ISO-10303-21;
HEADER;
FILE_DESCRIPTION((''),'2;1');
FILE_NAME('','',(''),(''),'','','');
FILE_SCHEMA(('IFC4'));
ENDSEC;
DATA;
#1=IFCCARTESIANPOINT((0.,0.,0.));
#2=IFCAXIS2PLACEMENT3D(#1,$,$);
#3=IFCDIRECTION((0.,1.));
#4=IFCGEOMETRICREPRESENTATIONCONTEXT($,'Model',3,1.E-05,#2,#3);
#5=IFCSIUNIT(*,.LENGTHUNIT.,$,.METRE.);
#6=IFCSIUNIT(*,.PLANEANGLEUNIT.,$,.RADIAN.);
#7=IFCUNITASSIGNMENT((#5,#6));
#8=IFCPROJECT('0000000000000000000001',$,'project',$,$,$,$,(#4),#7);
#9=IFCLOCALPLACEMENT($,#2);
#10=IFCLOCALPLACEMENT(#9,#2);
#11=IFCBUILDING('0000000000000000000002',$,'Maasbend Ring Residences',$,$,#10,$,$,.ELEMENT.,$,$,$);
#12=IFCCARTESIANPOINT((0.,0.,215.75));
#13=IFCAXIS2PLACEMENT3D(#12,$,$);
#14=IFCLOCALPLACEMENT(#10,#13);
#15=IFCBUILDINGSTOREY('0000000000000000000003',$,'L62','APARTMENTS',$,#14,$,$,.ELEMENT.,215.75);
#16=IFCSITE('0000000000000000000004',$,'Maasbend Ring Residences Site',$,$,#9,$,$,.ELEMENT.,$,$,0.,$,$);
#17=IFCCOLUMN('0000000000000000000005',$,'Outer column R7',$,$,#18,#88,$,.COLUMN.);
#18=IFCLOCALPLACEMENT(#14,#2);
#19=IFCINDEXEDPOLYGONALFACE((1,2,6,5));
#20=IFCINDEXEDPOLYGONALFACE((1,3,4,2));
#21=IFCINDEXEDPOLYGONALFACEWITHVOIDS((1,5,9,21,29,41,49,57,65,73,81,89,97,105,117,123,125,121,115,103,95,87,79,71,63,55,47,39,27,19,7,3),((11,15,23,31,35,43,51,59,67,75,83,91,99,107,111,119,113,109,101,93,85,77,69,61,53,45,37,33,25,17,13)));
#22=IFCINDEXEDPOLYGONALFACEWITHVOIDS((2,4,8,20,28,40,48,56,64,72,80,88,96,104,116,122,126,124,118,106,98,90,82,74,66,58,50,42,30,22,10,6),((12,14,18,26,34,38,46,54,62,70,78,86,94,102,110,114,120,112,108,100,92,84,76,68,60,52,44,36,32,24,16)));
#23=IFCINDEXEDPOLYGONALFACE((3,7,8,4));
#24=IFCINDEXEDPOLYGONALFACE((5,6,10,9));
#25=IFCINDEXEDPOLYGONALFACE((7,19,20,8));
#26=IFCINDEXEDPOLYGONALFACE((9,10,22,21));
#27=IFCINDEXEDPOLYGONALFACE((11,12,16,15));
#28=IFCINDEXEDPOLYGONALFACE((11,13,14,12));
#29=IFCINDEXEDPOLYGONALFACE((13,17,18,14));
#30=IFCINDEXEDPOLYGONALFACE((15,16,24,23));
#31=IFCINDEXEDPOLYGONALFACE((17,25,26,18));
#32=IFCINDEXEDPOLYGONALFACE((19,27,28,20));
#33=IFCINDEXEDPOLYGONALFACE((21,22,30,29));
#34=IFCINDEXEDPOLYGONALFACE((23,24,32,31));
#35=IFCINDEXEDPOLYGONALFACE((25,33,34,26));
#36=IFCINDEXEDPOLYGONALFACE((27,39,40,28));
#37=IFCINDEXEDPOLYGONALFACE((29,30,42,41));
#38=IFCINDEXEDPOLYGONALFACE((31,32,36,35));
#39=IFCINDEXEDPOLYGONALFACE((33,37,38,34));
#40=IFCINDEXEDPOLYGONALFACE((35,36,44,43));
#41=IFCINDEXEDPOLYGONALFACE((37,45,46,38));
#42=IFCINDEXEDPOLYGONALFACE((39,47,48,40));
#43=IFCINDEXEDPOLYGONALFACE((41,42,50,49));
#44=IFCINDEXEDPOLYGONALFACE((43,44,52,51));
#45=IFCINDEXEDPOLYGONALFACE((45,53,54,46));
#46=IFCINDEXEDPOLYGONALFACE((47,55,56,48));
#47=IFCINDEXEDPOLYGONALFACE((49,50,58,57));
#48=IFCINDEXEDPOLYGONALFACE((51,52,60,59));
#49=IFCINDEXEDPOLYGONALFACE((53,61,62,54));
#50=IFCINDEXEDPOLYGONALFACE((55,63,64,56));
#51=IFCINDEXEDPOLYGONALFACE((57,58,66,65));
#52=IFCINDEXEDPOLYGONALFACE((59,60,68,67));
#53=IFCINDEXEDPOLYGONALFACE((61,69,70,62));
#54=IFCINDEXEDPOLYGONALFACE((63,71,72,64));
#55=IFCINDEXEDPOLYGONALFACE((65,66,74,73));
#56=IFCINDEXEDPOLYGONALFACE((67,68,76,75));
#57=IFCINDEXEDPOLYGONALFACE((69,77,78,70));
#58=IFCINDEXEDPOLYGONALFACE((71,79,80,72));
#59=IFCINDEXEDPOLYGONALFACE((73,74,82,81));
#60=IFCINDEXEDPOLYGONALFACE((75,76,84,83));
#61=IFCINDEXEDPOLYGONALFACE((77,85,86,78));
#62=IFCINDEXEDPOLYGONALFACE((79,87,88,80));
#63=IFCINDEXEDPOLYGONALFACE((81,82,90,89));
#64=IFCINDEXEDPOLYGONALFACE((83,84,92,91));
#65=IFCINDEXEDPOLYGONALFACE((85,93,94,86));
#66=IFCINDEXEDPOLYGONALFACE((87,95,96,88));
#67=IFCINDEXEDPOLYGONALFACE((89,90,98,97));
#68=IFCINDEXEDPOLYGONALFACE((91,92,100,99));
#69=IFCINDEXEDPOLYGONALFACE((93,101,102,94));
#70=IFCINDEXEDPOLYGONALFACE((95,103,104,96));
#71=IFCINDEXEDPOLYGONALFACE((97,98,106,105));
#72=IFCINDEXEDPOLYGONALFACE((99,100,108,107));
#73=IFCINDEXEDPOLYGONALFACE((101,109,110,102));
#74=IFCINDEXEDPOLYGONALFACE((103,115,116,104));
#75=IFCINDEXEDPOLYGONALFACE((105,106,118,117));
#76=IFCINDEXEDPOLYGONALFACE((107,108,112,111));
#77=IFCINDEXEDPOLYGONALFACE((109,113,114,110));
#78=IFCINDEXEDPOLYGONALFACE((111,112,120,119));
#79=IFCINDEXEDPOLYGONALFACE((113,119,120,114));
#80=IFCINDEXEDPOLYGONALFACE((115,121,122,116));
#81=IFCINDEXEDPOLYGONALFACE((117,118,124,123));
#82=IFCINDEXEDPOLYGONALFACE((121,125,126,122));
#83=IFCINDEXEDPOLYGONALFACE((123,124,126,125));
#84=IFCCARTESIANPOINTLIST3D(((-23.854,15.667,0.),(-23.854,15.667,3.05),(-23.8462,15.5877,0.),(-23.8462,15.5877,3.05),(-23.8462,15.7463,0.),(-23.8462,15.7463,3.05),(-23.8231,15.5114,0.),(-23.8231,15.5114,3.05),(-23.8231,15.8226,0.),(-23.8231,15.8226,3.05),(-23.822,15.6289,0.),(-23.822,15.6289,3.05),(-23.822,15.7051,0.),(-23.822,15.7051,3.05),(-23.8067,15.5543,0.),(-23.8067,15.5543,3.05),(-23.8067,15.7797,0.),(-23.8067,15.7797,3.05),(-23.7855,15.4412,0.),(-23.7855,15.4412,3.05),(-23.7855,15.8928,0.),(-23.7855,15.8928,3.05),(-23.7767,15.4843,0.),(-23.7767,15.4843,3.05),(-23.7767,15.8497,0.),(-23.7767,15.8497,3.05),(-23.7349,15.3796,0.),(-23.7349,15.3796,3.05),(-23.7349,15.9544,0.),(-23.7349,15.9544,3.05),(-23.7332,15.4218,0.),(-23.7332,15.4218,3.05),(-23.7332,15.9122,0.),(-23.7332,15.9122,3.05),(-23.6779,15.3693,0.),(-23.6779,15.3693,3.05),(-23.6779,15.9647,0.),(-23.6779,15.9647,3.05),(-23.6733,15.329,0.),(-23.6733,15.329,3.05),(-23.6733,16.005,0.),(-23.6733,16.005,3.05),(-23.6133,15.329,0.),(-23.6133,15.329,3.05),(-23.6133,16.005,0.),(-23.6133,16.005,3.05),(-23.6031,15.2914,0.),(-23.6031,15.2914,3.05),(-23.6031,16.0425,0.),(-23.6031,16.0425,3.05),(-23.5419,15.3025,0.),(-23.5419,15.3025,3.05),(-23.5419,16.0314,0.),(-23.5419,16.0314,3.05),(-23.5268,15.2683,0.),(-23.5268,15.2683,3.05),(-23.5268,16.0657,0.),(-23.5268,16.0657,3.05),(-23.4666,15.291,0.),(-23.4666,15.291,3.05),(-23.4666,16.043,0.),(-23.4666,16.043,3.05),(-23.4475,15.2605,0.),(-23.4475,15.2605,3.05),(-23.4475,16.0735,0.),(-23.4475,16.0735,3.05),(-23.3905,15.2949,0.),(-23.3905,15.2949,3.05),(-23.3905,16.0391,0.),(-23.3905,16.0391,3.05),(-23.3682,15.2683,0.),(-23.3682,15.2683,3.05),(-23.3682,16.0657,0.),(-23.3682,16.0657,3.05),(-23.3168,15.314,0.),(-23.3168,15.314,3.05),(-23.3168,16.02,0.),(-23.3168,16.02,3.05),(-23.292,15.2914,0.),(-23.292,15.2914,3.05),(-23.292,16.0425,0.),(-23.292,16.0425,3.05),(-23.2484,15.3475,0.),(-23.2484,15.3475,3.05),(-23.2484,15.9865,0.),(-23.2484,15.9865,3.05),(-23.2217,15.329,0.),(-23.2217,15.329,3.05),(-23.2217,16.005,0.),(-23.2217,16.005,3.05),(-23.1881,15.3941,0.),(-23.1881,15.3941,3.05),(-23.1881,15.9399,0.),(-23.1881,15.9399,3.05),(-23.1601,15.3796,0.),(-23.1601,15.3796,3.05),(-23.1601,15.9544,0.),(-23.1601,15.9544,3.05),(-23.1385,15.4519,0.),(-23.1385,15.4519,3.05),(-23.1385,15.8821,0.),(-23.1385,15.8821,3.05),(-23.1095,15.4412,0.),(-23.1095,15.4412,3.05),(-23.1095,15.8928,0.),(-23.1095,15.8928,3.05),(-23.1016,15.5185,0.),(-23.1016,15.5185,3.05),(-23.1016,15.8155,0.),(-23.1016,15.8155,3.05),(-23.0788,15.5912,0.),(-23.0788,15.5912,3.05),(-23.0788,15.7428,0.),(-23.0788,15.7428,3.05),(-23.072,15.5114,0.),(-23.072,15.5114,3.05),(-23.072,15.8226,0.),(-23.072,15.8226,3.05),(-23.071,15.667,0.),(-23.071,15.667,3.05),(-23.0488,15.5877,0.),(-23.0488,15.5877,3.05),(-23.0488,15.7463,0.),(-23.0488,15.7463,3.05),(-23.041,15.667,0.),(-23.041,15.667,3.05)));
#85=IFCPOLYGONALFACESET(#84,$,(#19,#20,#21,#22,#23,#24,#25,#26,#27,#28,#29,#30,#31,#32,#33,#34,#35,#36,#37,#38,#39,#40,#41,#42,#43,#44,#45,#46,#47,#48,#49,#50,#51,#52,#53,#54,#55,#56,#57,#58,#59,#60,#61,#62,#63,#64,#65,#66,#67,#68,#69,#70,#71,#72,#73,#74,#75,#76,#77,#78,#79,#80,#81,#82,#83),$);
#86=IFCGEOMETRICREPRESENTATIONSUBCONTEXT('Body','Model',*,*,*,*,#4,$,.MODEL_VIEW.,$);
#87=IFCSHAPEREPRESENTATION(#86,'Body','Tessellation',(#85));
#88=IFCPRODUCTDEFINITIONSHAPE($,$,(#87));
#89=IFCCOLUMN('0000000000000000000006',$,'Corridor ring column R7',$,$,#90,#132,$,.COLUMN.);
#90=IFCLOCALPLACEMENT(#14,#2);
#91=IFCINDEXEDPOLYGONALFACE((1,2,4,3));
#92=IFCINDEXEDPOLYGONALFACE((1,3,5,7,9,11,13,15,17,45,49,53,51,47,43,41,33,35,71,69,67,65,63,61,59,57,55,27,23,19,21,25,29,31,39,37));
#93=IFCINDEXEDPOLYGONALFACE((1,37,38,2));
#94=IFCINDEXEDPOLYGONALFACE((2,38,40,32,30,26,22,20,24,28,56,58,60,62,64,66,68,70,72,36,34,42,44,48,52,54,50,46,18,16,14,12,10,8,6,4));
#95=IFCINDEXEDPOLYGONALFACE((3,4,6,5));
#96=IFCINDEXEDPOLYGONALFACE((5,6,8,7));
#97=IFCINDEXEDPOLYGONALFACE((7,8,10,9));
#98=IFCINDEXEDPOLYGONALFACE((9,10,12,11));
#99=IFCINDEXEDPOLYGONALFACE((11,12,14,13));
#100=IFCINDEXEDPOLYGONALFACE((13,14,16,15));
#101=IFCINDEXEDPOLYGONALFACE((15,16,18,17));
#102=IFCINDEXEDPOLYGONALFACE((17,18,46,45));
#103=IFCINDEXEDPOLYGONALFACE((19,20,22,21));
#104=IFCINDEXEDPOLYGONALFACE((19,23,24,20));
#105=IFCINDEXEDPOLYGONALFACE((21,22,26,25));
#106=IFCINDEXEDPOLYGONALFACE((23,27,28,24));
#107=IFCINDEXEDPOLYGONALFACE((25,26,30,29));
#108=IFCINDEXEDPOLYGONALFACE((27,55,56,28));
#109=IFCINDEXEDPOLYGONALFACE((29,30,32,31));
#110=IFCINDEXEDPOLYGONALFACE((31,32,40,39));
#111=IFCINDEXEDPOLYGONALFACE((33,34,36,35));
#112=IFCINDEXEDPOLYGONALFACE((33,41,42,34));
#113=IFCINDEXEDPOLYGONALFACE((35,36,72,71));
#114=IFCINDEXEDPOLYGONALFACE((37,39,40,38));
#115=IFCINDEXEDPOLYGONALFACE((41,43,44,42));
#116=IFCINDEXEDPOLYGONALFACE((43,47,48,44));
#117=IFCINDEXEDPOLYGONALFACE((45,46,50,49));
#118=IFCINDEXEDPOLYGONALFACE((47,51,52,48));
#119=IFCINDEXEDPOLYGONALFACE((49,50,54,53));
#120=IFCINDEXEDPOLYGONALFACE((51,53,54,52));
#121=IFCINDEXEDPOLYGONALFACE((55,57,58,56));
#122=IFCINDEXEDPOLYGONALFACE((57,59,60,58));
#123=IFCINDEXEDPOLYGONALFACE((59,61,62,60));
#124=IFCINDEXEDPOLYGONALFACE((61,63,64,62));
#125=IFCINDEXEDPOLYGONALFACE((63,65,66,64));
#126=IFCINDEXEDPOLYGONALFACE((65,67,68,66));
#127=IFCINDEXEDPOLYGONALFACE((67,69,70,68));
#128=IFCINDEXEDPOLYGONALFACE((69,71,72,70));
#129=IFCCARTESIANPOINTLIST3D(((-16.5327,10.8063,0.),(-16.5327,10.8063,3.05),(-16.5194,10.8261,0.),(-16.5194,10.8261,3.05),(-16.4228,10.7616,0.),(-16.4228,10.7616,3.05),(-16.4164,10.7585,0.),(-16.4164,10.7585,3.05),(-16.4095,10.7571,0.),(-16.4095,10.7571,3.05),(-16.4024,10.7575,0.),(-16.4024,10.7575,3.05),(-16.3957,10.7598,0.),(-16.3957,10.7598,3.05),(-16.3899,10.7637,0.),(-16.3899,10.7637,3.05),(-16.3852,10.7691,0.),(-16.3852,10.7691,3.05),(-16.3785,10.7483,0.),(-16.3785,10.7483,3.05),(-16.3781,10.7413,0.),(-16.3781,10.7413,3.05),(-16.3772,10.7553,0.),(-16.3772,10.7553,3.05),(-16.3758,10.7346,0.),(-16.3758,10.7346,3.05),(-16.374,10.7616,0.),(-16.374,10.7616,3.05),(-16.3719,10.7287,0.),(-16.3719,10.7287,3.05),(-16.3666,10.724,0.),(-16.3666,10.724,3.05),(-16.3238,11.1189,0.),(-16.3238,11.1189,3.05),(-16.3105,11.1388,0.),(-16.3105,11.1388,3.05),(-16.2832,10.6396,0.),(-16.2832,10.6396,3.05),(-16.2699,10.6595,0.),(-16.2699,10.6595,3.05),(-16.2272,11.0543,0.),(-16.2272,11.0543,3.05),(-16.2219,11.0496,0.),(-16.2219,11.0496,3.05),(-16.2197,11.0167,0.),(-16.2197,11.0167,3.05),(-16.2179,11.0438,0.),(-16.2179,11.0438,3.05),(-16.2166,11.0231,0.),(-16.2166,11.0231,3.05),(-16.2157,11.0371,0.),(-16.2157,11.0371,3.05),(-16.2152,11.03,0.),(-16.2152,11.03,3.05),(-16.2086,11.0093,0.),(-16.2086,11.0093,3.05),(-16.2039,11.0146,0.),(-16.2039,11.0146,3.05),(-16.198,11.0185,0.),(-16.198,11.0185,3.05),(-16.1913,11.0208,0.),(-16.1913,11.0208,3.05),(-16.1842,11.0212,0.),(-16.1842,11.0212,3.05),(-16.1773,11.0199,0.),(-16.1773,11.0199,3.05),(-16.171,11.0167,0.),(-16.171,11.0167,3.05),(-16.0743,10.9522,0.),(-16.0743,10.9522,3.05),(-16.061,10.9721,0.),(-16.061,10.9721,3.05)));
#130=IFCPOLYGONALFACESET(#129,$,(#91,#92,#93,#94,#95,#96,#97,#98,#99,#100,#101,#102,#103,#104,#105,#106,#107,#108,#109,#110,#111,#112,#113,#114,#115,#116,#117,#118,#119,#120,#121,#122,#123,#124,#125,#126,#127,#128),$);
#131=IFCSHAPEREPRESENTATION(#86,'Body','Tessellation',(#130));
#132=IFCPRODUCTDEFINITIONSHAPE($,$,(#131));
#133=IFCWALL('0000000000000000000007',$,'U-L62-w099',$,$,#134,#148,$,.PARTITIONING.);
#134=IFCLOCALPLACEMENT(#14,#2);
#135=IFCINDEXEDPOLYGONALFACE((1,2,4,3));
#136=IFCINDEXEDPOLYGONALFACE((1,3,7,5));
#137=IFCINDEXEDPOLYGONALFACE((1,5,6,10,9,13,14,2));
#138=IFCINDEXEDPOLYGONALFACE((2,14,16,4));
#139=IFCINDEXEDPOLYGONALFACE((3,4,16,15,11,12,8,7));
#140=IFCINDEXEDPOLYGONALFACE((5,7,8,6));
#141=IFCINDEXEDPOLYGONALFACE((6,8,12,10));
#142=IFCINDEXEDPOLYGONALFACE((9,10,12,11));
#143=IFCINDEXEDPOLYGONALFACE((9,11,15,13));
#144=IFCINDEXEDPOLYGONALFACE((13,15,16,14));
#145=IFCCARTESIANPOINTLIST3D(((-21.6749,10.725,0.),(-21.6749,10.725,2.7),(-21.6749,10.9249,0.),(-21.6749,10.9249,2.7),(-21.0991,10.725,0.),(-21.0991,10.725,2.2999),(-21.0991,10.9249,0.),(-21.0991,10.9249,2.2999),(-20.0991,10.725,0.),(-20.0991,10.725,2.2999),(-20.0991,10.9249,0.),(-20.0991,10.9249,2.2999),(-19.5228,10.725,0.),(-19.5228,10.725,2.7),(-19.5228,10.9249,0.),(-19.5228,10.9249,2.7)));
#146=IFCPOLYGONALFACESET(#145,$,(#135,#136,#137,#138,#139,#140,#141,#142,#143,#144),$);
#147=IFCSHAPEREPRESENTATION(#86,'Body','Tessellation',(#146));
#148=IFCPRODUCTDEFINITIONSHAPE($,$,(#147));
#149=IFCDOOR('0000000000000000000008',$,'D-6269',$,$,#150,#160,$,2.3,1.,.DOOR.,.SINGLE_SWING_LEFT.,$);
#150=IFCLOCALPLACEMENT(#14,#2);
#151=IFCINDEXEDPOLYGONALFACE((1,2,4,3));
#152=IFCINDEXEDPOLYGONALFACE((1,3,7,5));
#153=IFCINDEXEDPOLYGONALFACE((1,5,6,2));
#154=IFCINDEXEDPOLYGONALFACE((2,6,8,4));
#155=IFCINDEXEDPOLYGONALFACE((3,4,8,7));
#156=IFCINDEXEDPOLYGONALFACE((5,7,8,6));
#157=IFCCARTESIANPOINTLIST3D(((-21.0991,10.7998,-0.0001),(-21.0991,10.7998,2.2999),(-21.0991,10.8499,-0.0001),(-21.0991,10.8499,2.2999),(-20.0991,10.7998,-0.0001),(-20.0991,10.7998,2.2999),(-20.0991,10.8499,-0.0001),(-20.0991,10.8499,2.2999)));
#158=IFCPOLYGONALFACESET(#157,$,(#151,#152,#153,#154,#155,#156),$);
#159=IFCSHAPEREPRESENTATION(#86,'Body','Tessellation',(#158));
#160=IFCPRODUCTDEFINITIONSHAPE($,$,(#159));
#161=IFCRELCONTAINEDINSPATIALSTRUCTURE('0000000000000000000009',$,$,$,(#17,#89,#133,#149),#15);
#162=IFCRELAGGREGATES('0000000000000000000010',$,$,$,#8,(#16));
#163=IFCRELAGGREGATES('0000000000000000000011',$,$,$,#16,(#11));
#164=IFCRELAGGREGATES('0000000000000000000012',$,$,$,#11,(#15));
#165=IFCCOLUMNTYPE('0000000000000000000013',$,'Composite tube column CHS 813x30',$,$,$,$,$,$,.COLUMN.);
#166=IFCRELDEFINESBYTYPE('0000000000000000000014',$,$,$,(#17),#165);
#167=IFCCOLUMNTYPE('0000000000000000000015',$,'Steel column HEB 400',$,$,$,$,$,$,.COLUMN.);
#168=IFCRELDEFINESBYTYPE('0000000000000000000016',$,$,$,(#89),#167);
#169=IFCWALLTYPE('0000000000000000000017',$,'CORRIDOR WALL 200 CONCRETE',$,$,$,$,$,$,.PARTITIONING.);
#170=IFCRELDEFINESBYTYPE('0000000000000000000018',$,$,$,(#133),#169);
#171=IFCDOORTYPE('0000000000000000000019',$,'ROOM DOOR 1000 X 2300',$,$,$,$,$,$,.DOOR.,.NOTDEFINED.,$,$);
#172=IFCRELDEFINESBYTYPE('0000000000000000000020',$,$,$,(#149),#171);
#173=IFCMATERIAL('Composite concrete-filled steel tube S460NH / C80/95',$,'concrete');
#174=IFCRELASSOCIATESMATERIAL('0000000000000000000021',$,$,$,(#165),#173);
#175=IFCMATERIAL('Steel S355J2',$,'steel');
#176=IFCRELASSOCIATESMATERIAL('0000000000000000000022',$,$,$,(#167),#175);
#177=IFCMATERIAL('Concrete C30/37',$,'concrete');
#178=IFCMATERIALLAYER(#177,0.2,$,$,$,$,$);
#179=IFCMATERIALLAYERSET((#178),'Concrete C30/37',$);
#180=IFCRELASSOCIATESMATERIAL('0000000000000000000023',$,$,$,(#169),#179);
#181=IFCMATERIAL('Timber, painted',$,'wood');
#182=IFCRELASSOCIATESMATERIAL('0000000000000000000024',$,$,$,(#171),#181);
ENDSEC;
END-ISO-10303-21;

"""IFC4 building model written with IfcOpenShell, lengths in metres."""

from ifc_helpers import new_model, si_unit, direction, frame, frame_2d, origin, origin_2d, place, context, subcontext, project, spatial, rectangle, hollow_circle, i_section, extrude, material, layer, layer_set, material_profile, profile_set, type_object, element, fill, save


model = new_model("IFC4")

# Units and contexts
model_context = context("Model", 3, precision=1e-05, world=origin(), true_north=direction((0.0, 1.0)))
body_context = subcontext(model_context, "Body", "Model", "MODEL_VIEW")
ifc_project = project(units=[si_unit("LENGTHUNIT", "METRE"), si_unit("PLANEANGLEUNIT", "RADIAN")], contexts=[model_context])

# Site, building, storey
site_placement = place(None, origin())
site = spatial("IfcSite", under=ifc_project, at=site_placement, Name="Maasbend Ring Residences Site", CompositionType="ELEMENT", RefElevation=0.0)
building_placement = place(site_placement, origin())
building = spatial("IfcBuilding", under=site, at=building_placement, Name="Maasbend Ring Residences", CompositionType="ELEMENT")
storey_placement = place(building_placement, frame((0.0, 0.0, 215.75)))
storey = spatial("IfcBuildingStorey", under=building, at=storey_placement, Name="L62", Description="APARTMENTS", CompositionType="ELEMENT", Elevation=215.75)

# Columns
ifc_material_1 = material(Name="Composite concrete-filled steel tube S460NH / C80/95", Category="concrete")
ifc_material_profile_1 = material_profile(ifc_material_1, hollow_circle(Radius=0.4065, WallThickness=0.03, at=origin_2d()), Name="Composite tube column CHS 813x30")
ifc_profile_set_1 = profile_set([ifc_material_profile_1], Name="Composite concrete-filled steel tube S460NH / C80/95")
column_type_1 = type_object("IfcColumnType", Name="Composite tube column CHS 813x30", PredefinedType="COLUMN", material=ifc_profile_set_1)
column_1_placement = place(storey_placement, frame((-23.4475, 15.667, 0.0), z_axis=(0.0, 0.0, 1.0), x_axis=(1.0, 0.0, 0.0)))
element("IfcColumn", 1, at=column_1_placement, inside=storey, type_object=column_type_1, Name="Outer column R7", PredefinedType="COLUMN", context=body_context, shape_type="SweptSolid", body=[
    extrude(hollow_circle(Radius=0.4065, WallThickness=0.03, at=origin_2d()), origin(), (0.0, 0.0, 1.0), 3.05),
])
ifc_material_2 = material(Name="Steel S355J2", Category="steel")
ifc_material_profile_2 = material_profile(ifc_material_2, i_section(OverallWidth=0.3, OverallDepth=0.3999, WebThickness=0.0134, FlangeThickness=0.0239, FilletRadius=0.0271, at=origin_2d()), Name="HEB 400")
ifc_profile_set_2 = profile_set([ifc_material_profile_2], Name="Steel S355J2")
column_type_2 = type_object("IfcColumnType", Name="Steel column HEB 400", PredefinedType="COLUMN", material=ifc_profile_set_2)
column_2_placement = place(storey_placement, frame((-16.2969, 10.8892, 0.0), z_axis=(0.0, 0.0, 1.0), x_axis=(-0.83147, 0.55557, 0.0)))
element("IfcColumn", 2, at=column_2_placement, inside=storey, type_object=column_type_2, Name="Corridor ring column R7", PredefinedType="COLUMN", context=body_context, shape_type="SweptSolid", body=[
    extrude(i_section(OverallWidth=0.3, OverallDepth=0.3999, WebThickness=0.0134, FlangeThickness=0.0239, FilletRadius=0.0271, at=origin_2d()), origin(), (0.0, 0.0, 1.0), 3.05),
])

# Wall, opening, door
ifc_material_3 = material(Name="Concrete C30/37", Category="concrete")
ifc_layer_1 = layer(ifc_material_3, 0.2)
ifc_layer_set_1 = layer_set([ifc_layer_1], Name="Concrete C30/37")
wall_type_1 = type_object("IfcWallType", Name="CORRIDOR WALL 200 CONCRETE", PredefinedType="PARTITIONING", material=ifc_layer_set_1)
wall_1_placement = place(storey_placement, frame((-21.675, 10.825, 0.0), z_axis=(0.0, 0.0, 1.0), x_axis=(1.0, 0.0, 0.0)))
wall_1 = element("IfcWall", 3, at=wall_1_placement, inside=storey, type_object=wall_type_1, Name="U-L62-w099", PredefinedType="PARTITIONING", context=body_context, shape_type="SweptSolid", body=[
    extrude(rectangle(XDim=2.1521, YDim=0.2, at=frame_2d((1.0762, 0.0))), origin(), (0.0, 0.0, 1.0), 2.7),
])
opening_1_placement = place(wall_1_placement, frame((0.5759, 0.0, 0.0)))
opening_1 = element("IfcOpeningElement", 4, at=opening_1_placement, cuts=wall_1, PredefinedType="OPENING", context=body_context, shape_type="SweptSolid", body=[
    extrude(rectangle(XDim=1.0, YDim=2.3, at=frame_2d((0.5, 1.1499))), frame((0.0, 0.1099, 0.0), z_axis=(0.0, -1.0, 0.0), x_axis=(1.0, 0.0, 0.0)), (0.0, 0.0, 1.0), 0.22),
])
ifc_material_4 = material(Name="Timber, painted", Category="wood")
door_type_1 = type_object("IfcDoorType", Name="ROOM DOOR 1000 X 2300", OperationType="NOTDEFINED", PredefinedType="DOOR", material=ifc_material_4)
door_1_placement = place(opening_1_placement, origin())
door_1 = element("IfcDoor", 5, at=door_1_placement, inside=storey, type_object=door_type_1, Name="D-6269", OperationType="SINGLE_SWING_LEFT", OverallHeight=2.3, OverallWidth=1.0, PredefinedType="DOOR", context=body_context, shape_type="SweptSolid", body=[
    extrude(rectangle(XDim=1.0, YDim=2.3, at=frame_2d((0.5, 1.1499))), frame((0.0, 0.0249, 0.0), z_axis=(0.0, -1.0, 0.0), x_axis=(1.0, 0.0, 0.0)), (0.0, 0.0, 1.0), 0.05),
])
fill(opening_1, door_1)

save(model, "model.ifc")
